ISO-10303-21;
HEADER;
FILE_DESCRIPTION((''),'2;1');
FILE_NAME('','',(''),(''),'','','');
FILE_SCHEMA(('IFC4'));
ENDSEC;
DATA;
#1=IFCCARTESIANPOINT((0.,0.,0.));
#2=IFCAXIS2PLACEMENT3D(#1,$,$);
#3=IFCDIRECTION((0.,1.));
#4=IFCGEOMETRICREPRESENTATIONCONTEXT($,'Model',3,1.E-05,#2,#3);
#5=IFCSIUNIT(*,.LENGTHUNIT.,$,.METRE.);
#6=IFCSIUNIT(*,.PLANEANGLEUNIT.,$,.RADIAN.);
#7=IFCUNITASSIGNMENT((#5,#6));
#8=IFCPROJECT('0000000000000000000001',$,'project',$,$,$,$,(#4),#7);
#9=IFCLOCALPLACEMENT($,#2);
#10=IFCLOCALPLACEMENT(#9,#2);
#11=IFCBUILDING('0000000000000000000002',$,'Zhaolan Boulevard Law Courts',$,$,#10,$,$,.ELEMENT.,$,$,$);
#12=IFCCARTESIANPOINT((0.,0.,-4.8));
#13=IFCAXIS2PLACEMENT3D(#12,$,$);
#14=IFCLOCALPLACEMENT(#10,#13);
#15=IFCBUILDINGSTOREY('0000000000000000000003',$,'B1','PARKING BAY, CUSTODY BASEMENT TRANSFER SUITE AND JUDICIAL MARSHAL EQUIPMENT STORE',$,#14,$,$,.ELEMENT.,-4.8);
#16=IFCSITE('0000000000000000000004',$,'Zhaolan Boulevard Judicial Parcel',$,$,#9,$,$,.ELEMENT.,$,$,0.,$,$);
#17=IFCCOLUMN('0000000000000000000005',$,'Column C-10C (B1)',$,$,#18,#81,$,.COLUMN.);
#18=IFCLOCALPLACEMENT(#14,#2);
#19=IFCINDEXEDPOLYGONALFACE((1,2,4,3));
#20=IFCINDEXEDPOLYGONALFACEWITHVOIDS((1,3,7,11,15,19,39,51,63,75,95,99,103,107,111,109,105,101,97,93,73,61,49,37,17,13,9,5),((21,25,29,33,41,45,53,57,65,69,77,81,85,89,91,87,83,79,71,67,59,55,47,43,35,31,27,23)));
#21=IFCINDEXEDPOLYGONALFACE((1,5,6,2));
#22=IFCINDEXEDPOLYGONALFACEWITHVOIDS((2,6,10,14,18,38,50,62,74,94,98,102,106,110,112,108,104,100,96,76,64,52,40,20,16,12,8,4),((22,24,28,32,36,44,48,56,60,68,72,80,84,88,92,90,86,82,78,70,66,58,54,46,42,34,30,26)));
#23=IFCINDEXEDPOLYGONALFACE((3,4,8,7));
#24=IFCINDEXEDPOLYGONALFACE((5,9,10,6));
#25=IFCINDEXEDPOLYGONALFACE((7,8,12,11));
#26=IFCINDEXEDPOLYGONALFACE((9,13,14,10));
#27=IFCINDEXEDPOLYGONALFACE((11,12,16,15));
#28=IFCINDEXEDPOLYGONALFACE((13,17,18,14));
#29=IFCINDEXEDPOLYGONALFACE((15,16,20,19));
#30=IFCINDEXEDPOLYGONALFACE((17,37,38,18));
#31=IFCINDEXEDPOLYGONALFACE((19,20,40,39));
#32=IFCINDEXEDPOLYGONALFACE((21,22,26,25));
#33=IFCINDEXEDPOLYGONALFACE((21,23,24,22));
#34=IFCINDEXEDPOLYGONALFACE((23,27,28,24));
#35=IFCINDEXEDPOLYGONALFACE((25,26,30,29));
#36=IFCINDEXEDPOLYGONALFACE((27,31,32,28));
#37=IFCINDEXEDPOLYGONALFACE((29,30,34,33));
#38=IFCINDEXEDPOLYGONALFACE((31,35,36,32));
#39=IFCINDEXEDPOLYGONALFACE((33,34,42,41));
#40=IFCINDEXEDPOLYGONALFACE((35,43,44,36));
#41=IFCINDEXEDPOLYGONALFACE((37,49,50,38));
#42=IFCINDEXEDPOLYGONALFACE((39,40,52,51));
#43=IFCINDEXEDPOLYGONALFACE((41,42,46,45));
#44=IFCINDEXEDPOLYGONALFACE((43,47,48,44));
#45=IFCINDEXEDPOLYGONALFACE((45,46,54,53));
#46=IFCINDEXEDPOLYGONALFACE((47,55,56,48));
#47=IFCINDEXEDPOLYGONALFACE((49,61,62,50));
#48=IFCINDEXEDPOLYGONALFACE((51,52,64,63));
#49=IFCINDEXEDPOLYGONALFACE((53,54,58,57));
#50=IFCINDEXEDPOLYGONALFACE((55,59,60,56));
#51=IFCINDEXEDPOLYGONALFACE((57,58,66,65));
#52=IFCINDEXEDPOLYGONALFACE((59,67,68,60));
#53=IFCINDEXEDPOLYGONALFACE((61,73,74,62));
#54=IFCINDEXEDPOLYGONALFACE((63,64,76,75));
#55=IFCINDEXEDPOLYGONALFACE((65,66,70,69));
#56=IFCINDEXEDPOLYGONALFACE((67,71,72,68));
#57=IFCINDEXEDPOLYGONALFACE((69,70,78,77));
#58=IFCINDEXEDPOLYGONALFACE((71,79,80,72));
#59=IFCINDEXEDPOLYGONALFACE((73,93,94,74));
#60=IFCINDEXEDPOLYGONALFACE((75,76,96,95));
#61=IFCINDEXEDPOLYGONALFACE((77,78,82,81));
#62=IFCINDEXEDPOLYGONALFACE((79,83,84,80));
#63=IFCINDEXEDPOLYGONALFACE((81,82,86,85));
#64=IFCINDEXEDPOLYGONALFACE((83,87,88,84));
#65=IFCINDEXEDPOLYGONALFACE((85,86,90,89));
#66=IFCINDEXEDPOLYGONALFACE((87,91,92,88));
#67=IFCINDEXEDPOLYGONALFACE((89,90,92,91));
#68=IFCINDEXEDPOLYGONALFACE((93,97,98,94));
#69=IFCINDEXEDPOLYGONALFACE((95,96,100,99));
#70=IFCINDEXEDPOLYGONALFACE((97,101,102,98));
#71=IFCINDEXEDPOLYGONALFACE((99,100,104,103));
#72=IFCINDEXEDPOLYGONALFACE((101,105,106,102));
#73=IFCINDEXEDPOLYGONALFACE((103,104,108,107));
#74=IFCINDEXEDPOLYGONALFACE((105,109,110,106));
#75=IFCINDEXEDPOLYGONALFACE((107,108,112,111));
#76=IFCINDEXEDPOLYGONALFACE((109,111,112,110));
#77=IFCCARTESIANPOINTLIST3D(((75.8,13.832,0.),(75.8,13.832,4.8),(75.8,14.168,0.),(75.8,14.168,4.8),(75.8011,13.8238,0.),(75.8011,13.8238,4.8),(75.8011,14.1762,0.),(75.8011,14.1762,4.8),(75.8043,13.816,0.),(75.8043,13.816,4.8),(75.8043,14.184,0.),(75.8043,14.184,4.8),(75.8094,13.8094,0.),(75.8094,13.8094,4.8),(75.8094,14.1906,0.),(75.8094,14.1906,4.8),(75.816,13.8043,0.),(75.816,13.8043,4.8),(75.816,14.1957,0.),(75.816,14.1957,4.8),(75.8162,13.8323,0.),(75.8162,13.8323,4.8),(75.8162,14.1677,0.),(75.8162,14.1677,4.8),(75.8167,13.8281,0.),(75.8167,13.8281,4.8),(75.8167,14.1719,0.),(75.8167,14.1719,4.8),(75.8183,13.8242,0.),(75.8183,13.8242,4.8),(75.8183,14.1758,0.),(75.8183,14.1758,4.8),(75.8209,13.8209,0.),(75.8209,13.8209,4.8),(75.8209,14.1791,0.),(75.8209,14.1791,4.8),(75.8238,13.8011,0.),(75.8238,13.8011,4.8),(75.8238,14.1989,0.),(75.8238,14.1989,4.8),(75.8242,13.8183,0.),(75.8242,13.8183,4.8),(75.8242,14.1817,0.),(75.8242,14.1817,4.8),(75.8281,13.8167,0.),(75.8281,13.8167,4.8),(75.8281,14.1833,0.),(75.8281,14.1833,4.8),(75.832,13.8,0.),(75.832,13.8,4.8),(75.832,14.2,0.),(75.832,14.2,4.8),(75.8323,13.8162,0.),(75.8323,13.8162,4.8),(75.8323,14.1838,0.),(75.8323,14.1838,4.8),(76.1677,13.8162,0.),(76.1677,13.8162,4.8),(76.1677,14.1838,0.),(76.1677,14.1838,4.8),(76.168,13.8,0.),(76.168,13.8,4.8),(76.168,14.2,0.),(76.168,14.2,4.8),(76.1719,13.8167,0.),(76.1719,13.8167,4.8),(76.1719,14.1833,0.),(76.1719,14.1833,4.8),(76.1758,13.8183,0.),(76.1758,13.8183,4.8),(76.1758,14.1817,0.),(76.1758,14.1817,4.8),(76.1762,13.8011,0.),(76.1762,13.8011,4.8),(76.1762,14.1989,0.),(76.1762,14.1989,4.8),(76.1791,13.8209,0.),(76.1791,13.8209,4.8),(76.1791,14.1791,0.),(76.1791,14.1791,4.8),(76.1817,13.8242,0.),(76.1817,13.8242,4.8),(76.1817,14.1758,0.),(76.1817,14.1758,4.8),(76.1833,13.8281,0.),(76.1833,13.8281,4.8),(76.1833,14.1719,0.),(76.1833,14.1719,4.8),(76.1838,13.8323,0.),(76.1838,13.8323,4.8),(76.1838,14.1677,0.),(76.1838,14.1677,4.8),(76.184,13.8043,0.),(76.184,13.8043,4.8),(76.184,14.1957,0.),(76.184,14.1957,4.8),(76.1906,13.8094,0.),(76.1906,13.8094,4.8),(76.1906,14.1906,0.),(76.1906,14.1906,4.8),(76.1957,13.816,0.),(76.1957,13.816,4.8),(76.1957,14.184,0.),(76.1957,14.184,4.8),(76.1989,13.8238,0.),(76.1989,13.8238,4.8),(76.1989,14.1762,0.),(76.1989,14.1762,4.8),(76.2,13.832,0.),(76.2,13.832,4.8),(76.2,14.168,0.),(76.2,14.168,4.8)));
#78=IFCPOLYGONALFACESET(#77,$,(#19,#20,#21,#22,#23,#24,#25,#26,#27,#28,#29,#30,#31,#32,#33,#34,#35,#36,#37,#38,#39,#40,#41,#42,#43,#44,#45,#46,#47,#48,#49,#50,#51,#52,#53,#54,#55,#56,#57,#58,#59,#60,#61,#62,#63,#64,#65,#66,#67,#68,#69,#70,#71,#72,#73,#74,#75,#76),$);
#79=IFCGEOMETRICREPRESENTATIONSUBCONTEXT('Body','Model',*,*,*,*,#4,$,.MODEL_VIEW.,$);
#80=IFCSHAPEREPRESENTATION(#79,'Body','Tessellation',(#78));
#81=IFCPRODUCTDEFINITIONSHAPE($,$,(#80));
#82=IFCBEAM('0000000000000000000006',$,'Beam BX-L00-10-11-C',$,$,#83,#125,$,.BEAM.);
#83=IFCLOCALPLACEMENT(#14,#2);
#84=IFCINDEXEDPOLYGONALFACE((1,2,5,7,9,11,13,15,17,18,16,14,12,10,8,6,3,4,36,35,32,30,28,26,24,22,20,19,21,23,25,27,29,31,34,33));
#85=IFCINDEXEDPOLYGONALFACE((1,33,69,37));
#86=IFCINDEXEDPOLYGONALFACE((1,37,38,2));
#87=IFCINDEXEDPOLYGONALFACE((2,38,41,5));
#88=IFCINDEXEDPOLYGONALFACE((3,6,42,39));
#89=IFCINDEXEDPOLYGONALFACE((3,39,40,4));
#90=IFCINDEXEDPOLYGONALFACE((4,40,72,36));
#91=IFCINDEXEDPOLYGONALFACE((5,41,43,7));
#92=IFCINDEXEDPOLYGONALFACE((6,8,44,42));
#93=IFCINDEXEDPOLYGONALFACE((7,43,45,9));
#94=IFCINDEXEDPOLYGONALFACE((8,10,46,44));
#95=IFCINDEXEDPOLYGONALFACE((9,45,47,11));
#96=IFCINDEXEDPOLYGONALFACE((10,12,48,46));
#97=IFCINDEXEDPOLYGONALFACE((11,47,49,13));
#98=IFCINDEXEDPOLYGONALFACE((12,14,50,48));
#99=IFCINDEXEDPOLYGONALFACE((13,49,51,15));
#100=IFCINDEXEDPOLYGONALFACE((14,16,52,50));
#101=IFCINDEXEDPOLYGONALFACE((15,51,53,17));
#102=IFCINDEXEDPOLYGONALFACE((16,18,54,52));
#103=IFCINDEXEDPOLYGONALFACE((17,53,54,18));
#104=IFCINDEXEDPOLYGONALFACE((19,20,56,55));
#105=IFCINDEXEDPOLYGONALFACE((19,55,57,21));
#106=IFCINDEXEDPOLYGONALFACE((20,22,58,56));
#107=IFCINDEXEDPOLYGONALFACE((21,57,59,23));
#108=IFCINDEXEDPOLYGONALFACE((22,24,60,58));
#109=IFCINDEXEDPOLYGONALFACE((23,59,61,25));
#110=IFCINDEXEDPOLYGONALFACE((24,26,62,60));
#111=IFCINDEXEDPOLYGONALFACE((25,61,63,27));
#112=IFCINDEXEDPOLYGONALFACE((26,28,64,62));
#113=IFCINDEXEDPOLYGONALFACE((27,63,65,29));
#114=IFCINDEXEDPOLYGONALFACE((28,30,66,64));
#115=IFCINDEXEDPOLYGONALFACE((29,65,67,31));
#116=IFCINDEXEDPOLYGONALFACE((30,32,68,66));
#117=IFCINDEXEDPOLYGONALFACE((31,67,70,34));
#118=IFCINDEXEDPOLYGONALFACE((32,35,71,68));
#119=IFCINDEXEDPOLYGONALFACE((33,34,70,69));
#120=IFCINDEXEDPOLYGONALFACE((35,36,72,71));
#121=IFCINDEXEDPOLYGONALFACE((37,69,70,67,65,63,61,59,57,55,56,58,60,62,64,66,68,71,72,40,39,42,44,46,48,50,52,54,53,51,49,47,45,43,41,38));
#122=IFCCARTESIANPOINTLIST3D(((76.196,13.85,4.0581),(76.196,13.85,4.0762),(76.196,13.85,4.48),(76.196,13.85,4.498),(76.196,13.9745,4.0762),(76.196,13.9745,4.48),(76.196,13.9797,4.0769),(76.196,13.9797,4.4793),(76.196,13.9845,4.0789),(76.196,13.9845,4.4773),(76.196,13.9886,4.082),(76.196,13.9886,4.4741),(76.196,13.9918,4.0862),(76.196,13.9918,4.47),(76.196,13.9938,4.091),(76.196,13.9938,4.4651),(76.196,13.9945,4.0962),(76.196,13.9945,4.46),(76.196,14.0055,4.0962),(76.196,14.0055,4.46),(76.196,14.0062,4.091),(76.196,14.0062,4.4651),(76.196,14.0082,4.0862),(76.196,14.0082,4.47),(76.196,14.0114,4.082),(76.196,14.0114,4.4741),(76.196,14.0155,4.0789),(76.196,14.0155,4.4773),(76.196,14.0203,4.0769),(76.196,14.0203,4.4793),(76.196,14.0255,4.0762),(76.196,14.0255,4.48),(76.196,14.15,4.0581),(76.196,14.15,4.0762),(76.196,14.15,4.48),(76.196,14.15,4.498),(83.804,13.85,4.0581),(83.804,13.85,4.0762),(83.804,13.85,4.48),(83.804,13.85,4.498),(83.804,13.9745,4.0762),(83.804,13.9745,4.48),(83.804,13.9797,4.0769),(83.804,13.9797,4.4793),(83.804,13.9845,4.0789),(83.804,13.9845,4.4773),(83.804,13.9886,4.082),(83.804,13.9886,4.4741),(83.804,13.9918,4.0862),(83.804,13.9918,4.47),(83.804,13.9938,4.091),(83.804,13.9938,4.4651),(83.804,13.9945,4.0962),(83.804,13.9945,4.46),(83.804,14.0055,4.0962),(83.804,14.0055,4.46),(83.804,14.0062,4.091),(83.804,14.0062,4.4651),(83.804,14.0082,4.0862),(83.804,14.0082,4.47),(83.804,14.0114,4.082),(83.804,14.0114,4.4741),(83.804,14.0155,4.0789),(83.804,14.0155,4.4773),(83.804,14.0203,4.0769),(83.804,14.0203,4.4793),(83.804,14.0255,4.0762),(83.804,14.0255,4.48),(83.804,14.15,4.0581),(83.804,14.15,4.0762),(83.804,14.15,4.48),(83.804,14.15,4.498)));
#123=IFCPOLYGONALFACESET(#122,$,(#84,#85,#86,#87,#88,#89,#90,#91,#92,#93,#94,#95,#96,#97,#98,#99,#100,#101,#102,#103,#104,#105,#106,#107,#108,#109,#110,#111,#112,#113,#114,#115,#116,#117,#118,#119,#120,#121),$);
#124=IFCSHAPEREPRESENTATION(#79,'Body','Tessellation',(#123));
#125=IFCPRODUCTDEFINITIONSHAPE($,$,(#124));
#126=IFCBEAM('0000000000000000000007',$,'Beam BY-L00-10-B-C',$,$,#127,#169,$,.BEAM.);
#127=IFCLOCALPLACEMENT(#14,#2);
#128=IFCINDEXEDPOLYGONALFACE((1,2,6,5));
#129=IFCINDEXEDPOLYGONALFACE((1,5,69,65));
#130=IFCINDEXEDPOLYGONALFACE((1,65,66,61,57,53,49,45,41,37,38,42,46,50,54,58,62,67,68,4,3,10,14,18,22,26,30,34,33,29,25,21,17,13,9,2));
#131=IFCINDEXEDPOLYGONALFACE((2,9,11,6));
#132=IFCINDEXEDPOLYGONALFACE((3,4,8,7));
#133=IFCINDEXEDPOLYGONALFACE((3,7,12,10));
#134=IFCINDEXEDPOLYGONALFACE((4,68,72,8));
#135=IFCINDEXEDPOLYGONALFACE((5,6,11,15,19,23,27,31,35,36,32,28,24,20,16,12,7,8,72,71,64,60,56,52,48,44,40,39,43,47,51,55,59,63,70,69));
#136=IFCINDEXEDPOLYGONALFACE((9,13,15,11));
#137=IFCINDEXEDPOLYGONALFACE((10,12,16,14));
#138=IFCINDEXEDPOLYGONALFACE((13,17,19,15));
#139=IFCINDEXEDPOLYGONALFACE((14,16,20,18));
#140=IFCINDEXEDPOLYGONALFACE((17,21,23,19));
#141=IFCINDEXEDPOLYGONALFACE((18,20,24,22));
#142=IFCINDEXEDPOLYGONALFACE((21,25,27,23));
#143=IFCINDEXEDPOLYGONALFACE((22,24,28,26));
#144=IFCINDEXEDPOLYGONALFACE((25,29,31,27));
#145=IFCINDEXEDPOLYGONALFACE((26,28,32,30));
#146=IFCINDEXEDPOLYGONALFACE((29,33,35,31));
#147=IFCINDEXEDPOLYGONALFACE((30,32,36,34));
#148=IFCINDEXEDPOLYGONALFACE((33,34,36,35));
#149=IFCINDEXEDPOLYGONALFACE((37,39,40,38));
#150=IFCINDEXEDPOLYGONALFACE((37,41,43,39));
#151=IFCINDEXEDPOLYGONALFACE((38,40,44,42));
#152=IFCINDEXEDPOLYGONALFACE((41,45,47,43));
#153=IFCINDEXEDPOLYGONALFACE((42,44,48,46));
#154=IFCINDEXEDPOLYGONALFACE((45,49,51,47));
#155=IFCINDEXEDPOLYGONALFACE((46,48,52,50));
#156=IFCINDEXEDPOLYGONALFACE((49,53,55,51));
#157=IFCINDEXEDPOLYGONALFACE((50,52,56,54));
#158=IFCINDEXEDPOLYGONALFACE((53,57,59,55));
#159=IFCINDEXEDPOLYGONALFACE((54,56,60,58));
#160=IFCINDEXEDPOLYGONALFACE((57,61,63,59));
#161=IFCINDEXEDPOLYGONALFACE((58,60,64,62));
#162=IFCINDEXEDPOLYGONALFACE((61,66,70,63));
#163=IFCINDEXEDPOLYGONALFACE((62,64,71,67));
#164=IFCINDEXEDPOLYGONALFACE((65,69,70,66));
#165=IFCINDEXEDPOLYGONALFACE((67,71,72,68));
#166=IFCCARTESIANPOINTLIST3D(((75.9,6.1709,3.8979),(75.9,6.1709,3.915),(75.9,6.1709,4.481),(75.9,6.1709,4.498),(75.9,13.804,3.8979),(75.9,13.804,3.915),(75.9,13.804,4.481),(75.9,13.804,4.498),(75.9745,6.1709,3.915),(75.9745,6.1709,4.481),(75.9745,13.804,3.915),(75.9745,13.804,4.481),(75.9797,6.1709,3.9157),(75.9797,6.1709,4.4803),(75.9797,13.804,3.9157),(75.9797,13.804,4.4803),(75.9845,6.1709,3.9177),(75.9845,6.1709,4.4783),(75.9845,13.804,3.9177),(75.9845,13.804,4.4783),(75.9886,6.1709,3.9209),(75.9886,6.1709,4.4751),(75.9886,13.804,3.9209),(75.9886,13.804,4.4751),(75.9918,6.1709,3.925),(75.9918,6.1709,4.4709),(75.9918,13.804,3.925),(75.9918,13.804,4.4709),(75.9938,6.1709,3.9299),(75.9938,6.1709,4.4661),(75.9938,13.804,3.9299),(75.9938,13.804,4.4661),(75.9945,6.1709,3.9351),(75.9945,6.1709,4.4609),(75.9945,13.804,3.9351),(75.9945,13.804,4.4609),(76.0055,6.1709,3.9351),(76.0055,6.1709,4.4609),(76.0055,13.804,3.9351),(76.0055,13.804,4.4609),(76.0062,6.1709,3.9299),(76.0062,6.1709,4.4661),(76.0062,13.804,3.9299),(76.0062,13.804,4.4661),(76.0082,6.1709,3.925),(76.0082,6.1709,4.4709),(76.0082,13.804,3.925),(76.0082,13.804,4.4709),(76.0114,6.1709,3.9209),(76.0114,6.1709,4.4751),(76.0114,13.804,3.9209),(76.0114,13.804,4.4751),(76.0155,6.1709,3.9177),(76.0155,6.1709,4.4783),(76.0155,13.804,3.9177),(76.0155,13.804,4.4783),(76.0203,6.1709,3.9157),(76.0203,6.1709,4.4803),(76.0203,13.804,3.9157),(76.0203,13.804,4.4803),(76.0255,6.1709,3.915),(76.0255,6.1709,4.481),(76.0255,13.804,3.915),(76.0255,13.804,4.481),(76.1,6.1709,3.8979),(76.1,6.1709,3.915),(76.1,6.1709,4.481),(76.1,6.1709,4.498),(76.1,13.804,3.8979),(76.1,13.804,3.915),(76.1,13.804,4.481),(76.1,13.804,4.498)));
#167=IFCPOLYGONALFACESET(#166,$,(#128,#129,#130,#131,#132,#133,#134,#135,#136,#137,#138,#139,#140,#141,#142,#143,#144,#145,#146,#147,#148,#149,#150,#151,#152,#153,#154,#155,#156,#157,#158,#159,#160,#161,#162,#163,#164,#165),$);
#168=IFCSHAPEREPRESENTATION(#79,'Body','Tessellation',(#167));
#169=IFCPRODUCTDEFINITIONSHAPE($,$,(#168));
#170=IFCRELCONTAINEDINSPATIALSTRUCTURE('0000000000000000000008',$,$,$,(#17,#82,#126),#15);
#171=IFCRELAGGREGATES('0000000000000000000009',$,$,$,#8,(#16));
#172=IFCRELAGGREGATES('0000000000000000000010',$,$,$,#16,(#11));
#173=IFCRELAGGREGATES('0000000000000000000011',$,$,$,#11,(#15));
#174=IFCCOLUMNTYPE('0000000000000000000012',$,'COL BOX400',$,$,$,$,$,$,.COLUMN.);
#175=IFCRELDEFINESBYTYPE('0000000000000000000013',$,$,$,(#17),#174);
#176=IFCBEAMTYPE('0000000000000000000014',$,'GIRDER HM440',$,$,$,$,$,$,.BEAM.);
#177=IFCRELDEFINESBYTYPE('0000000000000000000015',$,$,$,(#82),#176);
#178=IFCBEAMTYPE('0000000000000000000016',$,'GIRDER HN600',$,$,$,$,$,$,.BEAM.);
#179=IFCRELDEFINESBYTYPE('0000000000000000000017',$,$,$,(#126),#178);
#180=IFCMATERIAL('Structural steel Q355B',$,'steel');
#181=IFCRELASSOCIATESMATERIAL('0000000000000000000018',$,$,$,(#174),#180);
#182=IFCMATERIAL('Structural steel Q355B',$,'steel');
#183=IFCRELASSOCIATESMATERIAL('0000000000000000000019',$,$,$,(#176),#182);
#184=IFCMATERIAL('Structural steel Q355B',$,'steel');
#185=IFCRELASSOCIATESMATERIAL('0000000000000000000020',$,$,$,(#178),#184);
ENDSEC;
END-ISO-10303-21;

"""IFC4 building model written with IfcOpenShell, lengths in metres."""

from ifc_helpers import new_model, si_unit, direction, frame, origin, origin_2d, place, context, subcontext, project, spatial, hollow_rectangle, i_section, extrude, material, material_profile, profile_set, type_object, element, save


model = new_model("IFC4")

# Units and contexts
model_context = context("Model", 3, precision=1e-05, world=origin(), true_north=direction((0.0, 1.0)))
body_context = subcontext(model_context, "Body", "Model", "MODEL_VIEW")
ifc_project = project(units=[si_unit("LENGTHUNIT", "METRE"), si_unit("PLANEANGLEUNIT", "RADIAN")], contexts=[model_context])

# Site, building, storey
site_placement = place(None, origin())
site = spatial("IfcSite", under=ifc_project, at=site_placement, Name="Zhaolan Boulevard Judicial Parcel", CompositionType="ELEMENT", RefElevation=0.0)
building_placement = place(site_placement, origin())
building = spatial("IfcBuilding", under=site, at=building_placement, Name="Zhaolan Boulevard Law Courts", CompositionType="ELEMENT")
storey_placement = place(building_placement, frame((0.0, 0.0, -4.8)))
storey = spatial("IfcBuildingStorey", under=building, at=storey_placement, Name="B1", Description="PARKING BAY, CUSTODY BASEMENT TRANSFER SUITE AND JUDICIAL MARSHAL EQUIPMENT STORE", CompositionType="ELEMENT", Elevation=-4.8)

# Column
ifc_material_1 = material(Name="Structural steel Q355B", Category="steel")
ifc_material_profile_1 = material_profile(ifc_material_1, hollow_rectangle(XDim=0.3999, YDim=0.3999, WallThickness=0.0161, InnerFilletRadius=0.0161, OuterFilletRadius=0.032, at=origin_2d()), Name="BOX400x400x16")
ifc_profile_set_1 = profile_set([ifc_material_profile_1], Name="Structural steel Q355B")
column_type = type_object("IfcColumnType", Name="COL BOX400", PredefinedType="COLUMN", material=ifc_profile_set_1)
column_placement = place(storey_placement, frame((76.0, 14.0, 0.0), z_axis=(0.0, 0.0, 1.0), x_axis=(1.0, 0.0, 0.0)))
element("IfcColumn", 1, at=column_placement, inside=storey, type_object=column_type, Name="Column C-10C (B1)", PredefinedType="COLUMN", context=body_context, shape_type="SweptSolid", body=[
    extrude(hollow_rectangle(XDim=0.3999, YDim=0.3999, WallThickness=0.0161, InnerFilletRadius=0.0161, OuterFilletRadius=0.032, at=origin_2d()), origin(), (0.0, 0.0, 1.0), 4.8),
])

# Beams
ifc_material_2 = material(Name="Structural steel Q355B", Category="steel")
ifc_material_profile_2 = material_profile(ifc_material_2, i_section(OverallWidth=0.3, OverallDepth=0.4399, WebThickness=0.011, FlangeThickness=0.0181, FilletRadius=0.02, at=origin_2d()), Name="HM440x300")
ifc_profile_set_2 = profile_set([ifc_material_profile_2], Name="Structural steel Q355B")
beam_type_1 = type_object("IfcBeamType", Name="GIRDER HM440", PredefinedType="BEAM", material=ifc_profile_set_2)
beam_1_placement = place(storey_placement, frame((76.196, 14.0, 4.2781), z_axis=(1.0, 0.0, 0.0), x_axis=(0.0, 1.0, 0.0)))
element("IfcBeam", 2, at=beam_1_placement, inside=storey, type_object=beam_type_1, Name="Beam BX-L00-10-11-C", PredefinedType="BEAM", context=body_context, shape_type="SweptSolid", body=[
    extrude(i_section(OverallWidth=0.3, OverallDepth=0.4399, WebThickness=0.011, FlangeThickness=0.0181, FilletRadius=0.02, at=origin_2d()), origin(), (0.0, 0.0, 1.0), 7.6079),
])
ifc_material_3 = material(Name="Structural steel Q355B", Category="steel")
ifc_material_profile_3 = material_profile(ifc_material_3, i_section(OverallWidth=0.2, OverallDepth=0.6001, WebThickness=0.011, FlangeThickness=0.0171, FilletRadius=0.02, at=origin_2d()), Name="HN600x200")
ifc_profile_set_3 = profile_set([ifc_material_profile_3], Name="Structural steel Q355B")
beam_type_2 = type_object("IfcBeamType", Name="GIRDER HN600", PredefinedType="BEAM", material=ifc_profile_set_3)
beam_2_placement = place(storey_placement, frame((76.0, 6.1709, 4.198), z_axis=(0.0, 1.0, 0.0), x_axis=(-1.0, 0.0, 0.0)))
element("IfcBeam", 3, at=beam_2_placement, inside=storey, type_object=beam_type_2, Name="Beam BY-L00-10-B-C", PredefinedType="BEAM", context=body_context, shape_type="SweptSolid", body=[
    extrude(i_section(OverallWidth=0.2, OverallDepth=0.6001, WebThickness=0.011, FlangeThickness=0.0171, FilletRadius=0.02, at=origin_2d()), origin(), (0.0, 0.0, 1.0), 7.6331),
])

save(model, "model.ifc")
